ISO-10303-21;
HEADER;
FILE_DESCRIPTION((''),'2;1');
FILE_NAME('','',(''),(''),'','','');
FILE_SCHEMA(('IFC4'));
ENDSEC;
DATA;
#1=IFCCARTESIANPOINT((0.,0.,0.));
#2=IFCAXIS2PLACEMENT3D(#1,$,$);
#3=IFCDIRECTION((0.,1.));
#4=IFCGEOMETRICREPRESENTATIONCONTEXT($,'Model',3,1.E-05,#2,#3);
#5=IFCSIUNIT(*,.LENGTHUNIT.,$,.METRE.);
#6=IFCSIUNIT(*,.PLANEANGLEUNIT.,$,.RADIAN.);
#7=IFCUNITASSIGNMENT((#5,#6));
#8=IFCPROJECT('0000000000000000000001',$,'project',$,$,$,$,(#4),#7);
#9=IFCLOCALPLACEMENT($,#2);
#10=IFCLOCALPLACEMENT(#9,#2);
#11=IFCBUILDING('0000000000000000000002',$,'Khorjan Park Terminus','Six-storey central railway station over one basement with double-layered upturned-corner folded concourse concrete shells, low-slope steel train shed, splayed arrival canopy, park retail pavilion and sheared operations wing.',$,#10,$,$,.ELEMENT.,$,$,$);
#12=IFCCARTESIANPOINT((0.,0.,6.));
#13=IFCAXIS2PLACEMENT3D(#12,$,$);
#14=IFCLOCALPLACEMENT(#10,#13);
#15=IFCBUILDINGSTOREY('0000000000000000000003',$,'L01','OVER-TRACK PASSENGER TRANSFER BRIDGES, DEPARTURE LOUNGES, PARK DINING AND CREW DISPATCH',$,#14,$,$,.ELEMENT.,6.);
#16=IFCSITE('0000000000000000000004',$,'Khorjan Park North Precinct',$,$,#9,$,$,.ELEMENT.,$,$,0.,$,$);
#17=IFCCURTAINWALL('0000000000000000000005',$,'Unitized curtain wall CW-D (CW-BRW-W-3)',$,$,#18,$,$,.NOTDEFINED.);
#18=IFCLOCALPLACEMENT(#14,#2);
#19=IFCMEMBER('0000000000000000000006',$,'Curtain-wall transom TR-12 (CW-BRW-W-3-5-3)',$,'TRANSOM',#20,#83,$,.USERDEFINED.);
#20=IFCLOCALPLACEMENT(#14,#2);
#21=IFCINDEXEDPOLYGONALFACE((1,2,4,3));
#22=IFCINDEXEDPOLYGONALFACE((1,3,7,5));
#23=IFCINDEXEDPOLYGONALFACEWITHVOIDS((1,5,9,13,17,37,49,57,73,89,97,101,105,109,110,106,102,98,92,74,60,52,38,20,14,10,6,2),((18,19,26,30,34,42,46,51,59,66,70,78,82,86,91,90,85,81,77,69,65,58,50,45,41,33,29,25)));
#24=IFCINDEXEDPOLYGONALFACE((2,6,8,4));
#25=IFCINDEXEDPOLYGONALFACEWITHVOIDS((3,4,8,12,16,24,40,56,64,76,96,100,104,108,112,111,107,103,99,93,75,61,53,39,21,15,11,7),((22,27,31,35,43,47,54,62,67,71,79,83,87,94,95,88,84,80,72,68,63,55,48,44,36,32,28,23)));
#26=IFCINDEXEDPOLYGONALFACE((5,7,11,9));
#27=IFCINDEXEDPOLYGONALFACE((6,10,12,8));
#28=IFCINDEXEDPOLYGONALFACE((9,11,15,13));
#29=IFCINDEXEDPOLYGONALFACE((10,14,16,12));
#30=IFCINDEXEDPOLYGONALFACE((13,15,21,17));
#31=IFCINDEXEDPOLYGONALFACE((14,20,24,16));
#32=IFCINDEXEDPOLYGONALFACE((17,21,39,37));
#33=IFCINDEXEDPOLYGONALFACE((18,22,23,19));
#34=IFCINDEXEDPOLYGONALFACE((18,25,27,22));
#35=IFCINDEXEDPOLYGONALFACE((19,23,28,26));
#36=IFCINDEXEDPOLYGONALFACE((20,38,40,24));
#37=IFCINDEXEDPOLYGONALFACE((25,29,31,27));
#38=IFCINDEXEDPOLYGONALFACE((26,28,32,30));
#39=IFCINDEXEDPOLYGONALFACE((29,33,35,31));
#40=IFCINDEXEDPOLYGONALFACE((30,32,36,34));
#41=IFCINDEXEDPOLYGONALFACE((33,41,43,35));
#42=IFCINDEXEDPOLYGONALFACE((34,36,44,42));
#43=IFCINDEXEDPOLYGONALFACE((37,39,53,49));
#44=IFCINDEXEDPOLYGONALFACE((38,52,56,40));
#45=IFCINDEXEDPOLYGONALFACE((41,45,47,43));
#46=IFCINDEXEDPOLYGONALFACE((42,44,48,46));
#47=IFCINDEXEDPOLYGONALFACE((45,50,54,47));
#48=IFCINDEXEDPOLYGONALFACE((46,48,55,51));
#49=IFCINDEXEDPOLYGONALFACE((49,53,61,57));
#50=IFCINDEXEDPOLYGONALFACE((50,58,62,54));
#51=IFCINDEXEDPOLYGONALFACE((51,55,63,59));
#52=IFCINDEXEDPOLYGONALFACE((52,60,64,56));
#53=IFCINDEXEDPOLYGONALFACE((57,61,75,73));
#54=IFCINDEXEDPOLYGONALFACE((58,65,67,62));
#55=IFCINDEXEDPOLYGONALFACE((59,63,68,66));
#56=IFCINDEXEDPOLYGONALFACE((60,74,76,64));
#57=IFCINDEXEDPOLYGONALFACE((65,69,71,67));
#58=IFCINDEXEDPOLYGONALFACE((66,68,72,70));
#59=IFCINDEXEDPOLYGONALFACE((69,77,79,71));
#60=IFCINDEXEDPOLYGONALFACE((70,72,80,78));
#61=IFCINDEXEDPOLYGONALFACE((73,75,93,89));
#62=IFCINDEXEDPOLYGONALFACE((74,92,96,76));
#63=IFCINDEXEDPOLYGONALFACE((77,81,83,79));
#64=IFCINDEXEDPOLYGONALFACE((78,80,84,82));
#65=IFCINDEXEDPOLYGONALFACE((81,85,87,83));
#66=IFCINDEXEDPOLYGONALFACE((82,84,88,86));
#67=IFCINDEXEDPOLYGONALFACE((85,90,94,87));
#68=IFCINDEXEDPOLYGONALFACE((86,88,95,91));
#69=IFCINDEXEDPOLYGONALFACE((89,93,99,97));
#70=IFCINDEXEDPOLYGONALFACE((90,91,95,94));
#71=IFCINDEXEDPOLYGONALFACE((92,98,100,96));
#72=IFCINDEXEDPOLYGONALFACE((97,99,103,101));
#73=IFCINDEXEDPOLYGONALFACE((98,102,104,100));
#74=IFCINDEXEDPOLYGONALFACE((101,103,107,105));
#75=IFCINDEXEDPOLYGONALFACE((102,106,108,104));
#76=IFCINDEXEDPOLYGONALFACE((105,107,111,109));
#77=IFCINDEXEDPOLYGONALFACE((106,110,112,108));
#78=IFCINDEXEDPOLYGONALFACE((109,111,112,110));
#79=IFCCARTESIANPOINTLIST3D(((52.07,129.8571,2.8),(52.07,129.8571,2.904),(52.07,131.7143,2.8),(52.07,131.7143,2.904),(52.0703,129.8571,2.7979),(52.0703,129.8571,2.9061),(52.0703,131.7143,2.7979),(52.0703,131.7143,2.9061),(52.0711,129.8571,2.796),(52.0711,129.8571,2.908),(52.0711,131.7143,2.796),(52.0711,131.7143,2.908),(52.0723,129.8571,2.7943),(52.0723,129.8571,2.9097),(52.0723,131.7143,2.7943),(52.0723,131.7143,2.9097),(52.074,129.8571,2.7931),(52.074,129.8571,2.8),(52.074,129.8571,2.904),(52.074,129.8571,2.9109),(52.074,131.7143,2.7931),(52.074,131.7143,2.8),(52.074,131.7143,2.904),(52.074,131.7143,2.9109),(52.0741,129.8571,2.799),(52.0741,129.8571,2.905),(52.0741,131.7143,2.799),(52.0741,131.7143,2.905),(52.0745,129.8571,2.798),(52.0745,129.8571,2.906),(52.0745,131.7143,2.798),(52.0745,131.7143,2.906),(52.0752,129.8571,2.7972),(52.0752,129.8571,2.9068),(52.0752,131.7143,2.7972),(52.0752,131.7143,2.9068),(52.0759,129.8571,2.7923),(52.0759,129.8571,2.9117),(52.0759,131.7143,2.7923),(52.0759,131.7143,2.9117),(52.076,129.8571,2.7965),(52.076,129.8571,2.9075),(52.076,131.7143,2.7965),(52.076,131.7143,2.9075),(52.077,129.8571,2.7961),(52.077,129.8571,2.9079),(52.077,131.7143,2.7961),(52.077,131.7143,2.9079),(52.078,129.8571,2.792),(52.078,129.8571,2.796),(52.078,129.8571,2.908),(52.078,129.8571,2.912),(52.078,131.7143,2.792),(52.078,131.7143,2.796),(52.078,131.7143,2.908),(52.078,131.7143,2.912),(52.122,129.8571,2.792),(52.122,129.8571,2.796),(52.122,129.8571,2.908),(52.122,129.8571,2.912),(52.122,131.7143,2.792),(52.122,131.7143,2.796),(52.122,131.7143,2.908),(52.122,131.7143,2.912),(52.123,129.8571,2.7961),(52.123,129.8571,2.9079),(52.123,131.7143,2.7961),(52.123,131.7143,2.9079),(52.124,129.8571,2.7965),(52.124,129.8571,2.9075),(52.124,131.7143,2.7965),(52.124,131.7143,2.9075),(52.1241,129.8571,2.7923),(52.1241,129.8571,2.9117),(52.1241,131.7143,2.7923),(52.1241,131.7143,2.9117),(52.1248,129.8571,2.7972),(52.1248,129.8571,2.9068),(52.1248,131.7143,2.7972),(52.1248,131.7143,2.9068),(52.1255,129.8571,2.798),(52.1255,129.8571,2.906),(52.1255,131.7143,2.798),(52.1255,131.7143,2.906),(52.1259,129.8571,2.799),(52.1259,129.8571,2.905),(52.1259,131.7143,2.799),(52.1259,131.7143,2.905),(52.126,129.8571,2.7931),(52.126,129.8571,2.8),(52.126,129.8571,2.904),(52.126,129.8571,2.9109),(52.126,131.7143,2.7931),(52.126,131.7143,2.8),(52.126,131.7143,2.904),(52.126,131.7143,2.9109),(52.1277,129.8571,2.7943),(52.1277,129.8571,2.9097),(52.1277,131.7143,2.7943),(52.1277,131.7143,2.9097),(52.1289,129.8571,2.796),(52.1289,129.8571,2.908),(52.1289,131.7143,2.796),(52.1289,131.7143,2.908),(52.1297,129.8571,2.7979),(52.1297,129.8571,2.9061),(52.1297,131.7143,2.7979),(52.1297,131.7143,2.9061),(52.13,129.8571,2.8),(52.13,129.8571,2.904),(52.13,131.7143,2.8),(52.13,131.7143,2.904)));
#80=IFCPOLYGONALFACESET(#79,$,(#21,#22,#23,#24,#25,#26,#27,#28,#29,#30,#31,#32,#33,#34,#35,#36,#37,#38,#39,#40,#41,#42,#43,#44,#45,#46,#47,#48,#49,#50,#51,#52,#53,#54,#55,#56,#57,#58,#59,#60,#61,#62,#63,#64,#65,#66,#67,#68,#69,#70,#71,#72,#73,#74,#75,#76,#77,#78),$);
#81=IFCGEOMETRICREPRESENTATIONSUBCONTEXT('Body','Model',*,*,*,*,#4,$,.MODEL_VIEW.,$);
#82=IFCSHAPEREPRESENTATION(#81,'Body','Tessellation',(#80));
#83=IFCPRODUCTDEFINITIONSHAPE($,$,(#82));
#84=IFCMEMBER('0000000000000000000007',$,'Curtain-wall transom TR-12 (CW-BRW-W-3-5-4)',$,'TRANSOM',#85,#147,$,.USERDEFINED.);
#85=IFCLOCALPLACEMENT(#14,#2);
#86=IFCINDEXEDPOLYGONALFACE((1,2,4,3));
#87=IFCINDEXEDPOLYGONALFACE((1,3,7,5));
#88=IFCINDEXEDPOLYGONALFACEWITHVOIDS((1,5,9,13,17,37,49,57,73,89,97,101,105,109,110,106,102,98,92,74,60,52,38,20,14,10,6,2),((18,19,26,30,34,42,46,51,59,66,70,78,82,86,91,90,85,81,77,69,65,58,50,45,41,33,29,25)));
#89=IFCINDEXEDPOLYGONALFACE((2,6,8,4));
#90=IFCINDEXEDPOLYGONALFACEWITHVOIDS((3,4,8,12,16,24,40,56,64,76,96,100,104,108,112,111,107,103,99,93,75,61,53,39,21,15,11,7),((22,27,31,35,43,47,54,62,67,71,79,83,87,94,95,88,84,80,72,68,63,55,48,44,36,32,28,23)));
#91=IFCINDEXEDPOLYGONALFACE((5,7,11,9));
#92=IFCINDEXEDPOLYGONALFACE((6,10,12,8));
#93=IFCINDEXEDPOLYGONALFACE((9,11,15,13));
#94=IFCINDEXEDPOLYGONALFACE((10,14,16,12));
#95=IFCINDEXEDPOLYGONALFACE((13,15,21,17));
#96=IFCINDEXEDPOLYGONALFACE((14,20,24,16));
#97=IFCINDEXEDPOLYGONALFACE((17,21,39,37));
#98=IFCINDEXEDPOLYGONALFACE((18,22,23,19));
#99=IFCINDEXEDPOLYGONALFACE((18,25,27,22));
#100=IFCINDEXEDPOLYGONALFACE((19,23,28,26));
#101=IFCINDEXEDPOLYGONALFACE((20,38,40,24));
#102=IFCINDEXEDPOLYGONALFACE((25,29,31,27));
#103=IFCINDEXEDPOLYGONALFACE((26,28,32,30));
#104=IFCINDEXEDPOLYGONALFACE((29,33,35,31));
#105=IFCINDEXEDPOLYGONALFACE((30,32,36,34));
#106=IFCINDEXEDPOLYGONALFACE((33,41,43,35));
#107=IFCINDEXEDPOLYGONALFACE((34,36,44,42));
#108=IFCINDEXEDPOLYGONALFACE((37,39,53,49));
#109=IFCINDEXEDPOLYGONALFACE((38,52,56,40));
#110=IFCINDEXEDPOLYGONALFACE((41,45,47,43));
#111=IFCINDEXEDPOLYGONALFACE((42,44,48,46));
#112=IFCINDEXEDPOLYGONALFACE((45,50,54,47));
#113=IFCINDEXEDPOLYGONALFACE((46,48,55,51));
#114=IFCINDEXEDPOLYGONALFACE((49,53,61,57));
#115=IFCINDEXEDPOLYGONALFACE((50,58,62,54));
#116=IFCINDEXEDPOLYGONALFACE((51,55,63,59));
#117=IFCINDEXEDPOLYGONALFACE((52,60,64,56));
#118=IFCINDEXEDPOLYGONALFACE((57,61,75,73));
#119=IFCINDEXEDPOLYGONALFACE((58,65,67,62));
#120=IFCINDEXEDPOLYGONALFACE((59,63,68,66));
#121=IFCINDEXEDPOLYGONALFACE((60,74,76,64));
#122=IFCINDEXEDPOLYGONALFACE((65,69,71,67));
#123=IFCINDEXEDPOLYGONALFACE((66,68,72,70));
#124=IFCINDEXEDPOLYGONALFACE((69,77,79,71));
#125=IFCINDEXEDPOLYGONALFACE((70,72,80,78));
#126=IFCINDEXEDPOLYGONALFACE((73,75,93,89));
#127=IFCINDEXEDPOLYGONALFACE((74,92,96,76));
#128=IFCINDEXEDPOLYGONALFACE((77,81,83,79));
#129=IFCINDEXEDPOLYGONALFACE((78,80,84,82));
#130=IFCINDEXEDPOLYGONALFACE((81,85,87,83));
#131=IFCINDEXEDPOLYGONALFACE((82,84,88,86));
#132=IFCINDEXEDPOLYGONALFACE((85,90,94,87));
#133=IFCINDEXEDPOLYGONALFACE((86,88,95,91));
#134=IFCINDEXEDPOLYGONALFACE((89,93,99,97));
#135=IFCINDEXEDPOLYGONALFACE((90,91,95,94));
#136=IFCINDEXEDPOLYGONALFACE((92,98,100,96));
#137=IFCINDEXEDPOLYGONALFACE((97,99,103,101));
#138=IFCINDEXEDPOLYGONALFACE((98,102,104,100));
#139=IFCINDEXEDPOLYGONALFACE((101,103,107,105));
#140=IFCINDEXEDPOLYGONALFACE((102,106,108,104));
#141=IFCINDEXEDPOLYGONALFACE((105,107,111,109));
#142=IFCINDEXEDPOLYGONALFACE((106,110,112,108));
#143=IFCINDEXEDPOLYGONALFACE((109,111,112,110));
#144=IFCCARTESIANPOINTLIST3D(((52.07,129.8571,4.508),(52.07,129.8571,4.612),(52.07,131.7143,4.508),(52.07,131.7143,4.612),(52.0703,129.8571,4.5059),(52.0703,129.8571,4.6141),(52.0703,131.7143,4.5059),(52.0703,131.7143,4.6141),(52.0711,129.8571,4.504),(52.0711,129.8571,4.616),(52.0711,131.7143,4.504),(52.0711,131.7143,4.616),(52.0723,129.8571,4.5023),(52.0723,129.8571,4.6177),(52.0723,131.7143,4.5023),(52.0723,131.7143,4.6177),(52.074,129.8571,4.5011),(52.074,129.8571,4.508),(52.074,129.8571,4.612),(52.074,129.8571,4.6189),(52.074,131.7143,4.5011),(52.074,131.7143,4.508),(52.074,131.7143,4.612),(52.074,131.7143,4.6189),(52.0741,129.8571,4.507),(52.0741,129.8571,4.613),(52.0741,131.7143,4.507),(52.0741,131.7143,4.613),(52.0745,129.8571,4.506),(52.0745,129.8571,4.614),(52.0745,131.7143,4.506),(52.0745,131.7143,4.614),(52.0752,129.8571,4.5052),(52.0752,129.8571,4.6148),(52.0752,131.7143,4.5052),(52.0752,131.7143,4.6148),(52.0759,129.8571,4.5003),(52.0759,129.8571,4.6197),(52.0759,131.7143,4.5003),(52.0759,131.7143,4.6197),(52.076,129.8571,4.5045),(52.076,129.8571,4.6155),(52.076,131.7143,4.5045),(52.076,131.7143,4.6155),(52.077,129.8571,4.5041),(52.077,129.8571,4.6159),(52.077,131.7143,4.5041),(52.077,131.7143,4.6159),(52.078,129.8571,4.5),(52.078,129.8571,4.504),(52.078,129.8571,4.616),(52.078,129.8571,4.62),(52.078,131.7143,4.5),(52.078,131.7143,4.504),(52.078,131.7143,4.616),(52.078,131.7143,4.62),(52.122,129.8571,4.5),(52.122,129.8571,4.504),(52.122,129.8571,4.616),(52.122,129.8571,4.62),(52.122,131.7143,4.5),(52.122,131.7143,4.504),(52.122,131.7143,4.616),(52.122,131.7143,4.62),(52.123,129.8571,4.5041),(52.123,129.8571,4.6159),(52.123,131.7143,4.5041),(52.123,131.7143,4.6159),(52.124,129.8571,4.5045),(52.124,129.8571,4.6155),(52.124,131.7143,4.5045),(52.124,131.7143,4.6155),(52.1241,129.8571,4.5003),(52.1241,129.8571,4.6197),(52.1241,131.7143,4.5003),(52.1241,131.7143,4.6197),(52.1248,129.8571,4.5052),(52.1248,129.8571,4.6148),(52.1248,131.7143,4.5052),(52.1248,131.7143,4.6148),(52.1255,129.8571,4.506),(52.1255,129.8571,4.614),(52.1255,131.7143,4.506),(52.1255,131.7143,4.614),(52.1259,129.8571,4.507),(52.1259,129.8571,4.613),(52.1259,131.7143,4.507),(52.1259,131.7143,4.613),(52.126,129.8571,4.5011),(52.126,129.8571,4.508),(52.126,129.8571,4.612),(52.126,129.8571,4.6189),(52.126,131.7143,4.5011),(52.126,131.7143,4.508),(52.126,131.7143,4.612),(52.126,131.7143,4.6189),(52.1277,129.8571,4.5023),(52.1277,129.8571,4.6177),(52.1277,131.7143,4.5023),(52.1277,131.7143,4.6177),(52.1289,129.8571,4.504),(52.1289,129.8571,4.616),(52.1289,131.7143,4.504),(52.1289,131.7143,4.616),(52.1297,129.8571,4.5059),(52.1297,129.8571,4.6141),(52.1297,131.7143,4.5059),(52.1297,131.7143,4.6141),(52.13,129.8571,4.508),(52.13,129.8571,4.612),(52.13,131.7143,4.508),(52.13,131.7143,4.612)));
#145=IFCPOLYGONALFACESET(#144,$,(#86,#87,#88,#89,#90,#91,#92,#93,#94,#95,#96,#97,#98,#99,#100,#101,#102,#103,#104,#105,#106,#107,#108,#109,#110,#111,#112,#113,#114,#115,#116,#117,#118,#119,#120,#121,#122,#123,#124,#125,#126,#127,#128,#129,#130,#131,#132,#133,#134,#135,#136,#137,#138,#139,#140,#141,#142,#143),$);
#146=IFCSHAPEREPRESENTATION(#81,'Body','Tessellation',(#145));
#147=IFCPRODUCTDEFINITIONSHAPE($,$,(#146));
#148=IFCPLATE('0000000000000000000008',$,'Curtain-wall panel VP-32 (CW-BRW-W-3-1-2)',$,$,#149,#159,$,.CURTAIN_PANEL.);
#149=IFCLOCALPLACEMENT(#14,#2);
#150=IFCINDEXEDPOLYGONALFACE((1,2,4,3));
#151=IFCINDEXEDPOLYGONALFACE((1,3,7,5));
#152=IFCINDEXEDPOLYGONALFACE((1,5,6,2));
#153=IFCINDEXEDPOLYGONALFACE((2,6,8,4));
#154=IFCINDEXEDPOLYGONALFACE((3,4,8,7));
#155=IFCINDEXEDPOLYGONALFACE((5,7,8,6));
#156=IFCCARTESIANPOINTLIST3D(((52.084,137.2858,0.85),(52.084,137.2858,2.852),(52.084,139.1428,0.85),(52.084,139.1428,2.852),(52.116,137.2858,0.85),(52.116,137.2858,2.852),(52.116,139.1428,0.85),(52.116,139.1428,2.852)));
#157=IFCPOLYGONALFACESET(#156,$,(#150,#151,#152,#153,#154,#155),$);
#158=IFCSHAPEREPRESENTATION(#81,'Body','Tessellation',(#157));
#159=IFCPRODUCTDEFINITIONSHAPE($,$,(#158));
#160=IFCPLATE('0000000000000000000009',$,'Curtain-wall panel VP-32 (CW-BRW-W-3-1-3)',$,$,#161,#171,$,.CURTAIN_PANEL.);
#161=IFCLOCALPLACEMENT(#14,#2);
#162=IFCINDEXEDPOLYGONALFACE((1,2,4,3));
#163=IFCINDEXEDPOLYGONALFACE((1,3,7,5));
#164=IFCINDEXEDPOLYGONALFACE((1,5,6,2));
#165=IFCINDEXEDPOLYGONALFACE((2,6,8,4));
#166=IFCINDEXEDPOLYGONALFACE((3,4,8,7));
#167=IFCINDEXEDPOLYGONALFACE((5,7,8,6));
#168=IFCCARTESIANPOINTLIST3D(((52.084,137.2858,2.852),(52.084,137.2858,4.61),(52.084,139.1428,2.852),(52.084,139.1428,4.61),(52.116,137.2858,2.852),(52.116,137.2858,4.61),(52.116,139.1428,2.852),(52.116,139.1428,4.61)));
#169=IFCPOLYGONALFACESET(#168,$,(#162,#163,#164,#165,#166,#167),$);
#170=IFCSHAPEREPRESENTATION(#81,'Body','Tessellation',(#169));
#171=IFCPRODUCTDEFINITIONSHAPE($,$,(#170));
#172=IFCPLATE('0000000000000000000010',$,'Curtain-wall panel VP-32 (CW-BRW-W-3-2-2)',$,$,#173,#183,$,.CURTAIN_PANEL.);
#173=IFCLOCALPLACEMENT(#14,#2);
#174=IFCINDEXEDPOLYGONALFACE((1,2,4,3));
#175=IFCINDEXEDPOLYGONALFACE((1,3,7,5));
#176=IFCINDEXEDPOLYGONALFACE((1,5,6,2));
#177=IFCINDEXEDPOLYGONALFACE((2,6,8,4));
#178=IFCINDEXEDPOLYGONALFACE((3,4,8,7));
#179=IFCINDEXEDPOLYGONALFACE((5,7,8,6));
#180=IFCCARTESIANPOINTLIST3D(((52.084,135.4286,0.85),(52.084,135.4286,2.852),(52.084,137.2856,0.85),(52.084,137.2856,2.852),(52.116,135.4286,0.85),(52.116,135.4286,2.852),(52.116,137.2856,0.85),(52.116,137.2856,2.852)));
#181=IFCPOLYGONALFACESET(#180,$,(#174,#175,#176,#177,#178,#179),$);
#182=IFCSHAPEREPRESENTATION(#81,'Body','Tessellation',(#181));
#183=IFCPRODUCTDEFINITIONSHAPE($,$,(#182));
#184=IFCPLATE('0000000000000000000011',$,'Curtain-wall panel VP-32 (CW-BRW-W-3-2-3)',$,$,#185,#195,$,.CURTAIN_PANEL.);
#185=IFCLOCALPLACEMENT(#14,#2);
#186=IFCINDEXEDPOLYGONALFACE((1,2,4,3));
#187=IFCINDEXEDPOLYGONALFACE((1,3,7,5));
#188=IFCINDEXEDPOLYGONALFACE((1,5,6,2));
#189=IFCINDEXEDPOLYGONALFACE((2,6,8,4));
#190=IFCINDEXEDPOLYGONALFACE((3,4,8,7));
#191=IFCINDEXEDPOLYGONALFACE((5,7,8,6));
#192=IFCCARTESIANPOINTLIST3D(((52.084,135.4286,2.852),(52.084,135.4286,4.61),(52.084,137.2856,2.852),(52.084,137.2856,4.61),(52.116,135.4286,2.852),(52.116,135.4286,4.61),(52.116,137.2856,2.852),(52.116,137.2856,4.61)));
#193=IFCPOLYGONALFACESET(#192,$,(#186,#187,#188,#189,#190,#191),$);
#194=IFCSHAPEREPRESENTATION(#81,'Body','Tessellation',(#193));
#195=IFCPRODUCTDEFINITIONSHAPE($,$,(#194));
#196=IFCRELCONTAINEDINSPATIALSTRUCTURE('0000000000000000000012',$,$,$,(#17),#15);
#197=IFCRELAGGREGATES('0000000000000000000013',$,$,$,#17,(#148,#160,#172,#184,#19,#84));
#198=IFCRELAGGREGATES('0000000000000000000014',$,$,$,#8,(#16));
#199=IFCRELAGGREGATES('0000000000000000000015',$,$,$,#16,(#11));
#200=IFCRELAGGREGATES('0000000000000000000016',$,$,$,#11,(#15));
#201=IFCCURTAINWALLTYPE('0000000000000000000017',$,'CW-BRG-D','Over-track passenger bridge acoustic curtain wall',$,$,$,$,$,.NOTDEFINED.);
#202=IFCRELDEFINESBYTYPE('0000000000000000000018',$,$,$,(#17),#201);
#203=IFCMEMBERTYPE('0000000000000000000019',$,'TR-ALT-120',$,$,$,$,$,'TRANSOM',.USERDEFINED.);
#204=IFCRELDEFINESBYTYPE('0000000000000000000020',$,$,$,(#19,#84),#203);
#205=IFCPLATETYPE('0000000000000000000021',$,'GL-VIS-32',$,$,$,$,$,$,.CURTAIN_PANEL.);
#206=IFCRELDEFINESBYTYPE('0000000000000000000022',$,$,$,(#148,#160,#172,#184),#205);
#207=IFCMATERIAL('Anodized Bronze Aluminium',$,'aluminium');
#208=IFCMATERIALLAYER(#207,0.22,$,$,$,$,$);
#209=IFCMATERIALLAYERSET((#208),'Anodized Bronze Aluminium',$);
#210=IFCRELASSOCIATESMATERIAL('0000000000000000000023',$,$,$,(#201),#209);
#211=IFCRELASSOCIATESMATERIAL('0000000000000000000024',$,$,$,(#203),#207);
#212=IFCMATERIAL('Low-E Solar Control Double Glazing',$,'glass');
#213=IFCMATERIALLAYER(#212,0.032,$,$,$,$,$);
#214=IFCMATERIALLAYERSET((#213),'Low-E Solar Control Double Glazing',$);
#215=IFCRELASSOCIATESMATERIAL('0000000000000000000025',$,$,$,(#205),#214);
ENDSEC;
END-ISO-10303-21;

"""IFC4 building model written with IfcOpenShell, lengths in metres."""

from ifc_helpers import new_model, si_unit, direction, frame, origin, origin_2d, place, context, subcontext, project, spatial, rectangle, hollow_rectangle, extrude, material, layer, layer_set, material_profile, profile_set, type_object, element, aggregate, save


model = new_model("IFC4")

# Units and contexts
model_context = context("Model", 3, precision=1e-05, world=origin(), true_north=direction((0.0, 1.0)))
body_context = subcontext(model_context, "Body", "Model", "MODEL_VIEW")
ifc_project = project(units=[si_unit("LENGTHUNIT", "METRE"), si_unit("PLANEANGLEUNIT", "RADIAN")], contexts=[model_context])

# Site, building, storey
site_placement = place(None, origin())
site = spatial("IfcSite", under=ifc_project, at=site_placement, Name="Khorjan Park North Precinct", CompositionType="ELEMENT", RefElevation=0.0)
building_placement = place(site_placement, origin())
building = spatial("IfcBuilding", under=site, at=building_placement, Name="Khorjan Park Terminus", Description="Six-storey central railway station over one basement with double-layered upturned-corner folded concourse concrete shells, low-slope steel train shed, splayed arrival canopy, park retail pavilion and sheared operations wing.", CompositionType="ELEMENT")
storey_placement = place(building_placement, frame((0.0, 0.0, 6.0)))
storey = spatial("IfcBuildingStorey", under=building, at=storey_placement, Name="L01", Description="OVER-TRACK PASSENGER TRANSFER BRIDGES, DEPARTURE LOUNGES, PARK DINING AND CREW DISPATCH", CompositionType="ELEMENT", Elevation=6.0)

# Curtain wall, members, plates
ifc_material_1 = material(Name="Anodized Bronze Aluminium", Category="aluminium")
ifc_layer_1 = layer(ifc_material_1, 0.22)
ifc_layer_set_1 = layer_set([ifc_layer_1], Name="Anodized Bronze Aluminium")
curtain_wall_type = type_object("IfcCurtainWallType", Name="CW-BRG-D", Description="Over-track passenger bridge acoustic curtain wall", PredefinedType="NOTDEFINED", material=ifc_layer_set_1)
curtain_wall_placement = place(storey_placement, origin())
curtain_wall = element("IfcCurtainWall", 1, at=curtain_wall_placement, inside=storey, type_object=curtain_wall_type, Name="Unitized curtain wall CW-D (CW-BRW-W-3)", PredefinedType="NOTDEFINED")
ifc_material_profile_1 = material_profile(ifc_material_1, hollow_rectangle(XDim=0.06, YDim=0.12, WallThickness=0.004, InnerFilletRadius=0.004, OuterFilletRadius=0.008, at=origin_2d()), Name="ALT 60x120x4")
ifc_profile_set_1 = profile_set([ifc_material_profile_1], Name="Anodized Bronze Aluminium")
member_type_1 = type_object("IfcMemberType", Name="TR-ALT-120", ElementType="TRANSOM", PredefinedType="USERDEFINED", material=ifc_profile_set_1)
member_1_placement = place(storey_placement, frame((52.1, 131.7143, 2.852), z_axis=(0.0, -1.0, 0.0), x_axis=(1.0, 0.0, 0.0)))
member_1 = element("IfcMember", 2, at=member_1_placement, type_object=member_type_1, Name="Curtain-wall transom TR-12 (CW-BRW-W-3-5-3)", ObjectType="TRANSOM", PredefinedType="USERDEFINED", context=body_context, shape_type="SweptSolid", body=[
    extrude(hollow_rectangle(XDim=0.06, YDim=0.12, WallThickness=0.004, InnerFilletRadius=0.004, OuterFilletRadius=0.008, at=origin_2d()), origin(), (0.0, 0.0, 1.0), 1.8572),
])
member_2_placement = place(storey_placement, frame((52.1, 131.7143, 4.56), z_axis=(0.0, -1.0, 0.0), x_axis=(1.0, 0.0, 0.0)))
member_2 = element("IfcMember", 3, at=member_2_placement, type_object=member_type_1, Name="Curtain-wall transom TR-12 (CW-BRW-W-3-5-4)", ObjectType="TRANSOM", PredefinedType="USERDEFINED", context=body_context, shape_type="SweptSolid", body=[
    extrude(hollow_rectangle(XDim=0.06, YDim=0.12, WallThickness=0.004, InnerFilletRadius=0.004, OuterFilletRadius=0.008, at=origin_2d()), origin(), (0.0, 0.0, 1.0), 1.8572),
])
ifc_material_2 = material(Name="Low-E Solar Control Double Glazing", Category="glass")
ifc_layer_2 = layer(ifc_material_2, 0.032)
ifc_layer_set_2 = layer_set([ifc_layer_2], Name="Low-E Solar Control Double Glazing")
plate_type_1 = type_object("IfcPlateType", Name="GL-VIS-32", PredefinedType="CURTAIN_PANEL", material=ifc_layer_set_2)
plate_1_placement = place(storey_placement, frame((52.1, 138.2143, 0.85), z_axis=(0.0, 0.0, 1.0), x_axis=(0.0, -1.0, 0.0)))
plate_1 = element("IfcPlate", 4, at=plate_1_placement, type_object=plate_type_1, Name="Curtain-wall panel VP-32 (CW-BRW-W-3-1-2)", PredefinedType="CURTAIN_PANEL", context=body_context, shape_type="SweptSolid", body=[
    extrude(rectangle(XDim=1.8571, YDim=0.032, at=origin_2d()), origin(), (0.0, 0.0, 1.0), 2.002),
])
plate_2_placement = place(storey_placement, frame((52.1, 138.2143, 2.852), z_axis=(0.0, 0.0, 1.0), x_axis=(0.0, -1.0, 0.0)))
plate_2 = element("IfcPlate", 5, at=plate_2_placement, type_object=plate_type_1, Name="Curtain-wall panel VP-32 (CW-BRW-W-3-1-3)", PredefinedType="CURTAIN_PANEL", context=body_context, shape_type="SweptSolid", body=[
    extrude(rectangle(XDim=1.8571, YDim=0.032, at=origin_2d()), origin(), (0.0, 0.0, 1.0), 1.758),
])
plate_3_placement = place(storey_placement, frame((52.1, 136.3571, 0.85), z_axis=(0.0, 0.0, 1.0), x_axis=(0.0, -1.0, 0.0)))
plate_3 = element("IfcPlate", 6, at=plate_3_placement, type_object=plate_type_1, Name="Curtain-wall panel VP-32 (CW-BRW-W-3-2-2)", PredefinedType="CURTAIN_PANEL", context=body_context, shape_type="SweptSolid", body=[
    extrude(rectangle(XDim=1.8571, YDim=0.032, at=origin_2d()), origin(), (0.0, 0.0, 1.0), 2.002),
])
plate_4_placement = place(storey_placement, frame((52.1, 136.3571, 2.852), z_axis=(0.0, 0.0, 1.0), x_axis=(0.0, -1.0, 0.0)))
plate_4 = element("IfcPlate", 7, at=plate_4_placement, type_object=plate_type_1, Name="Curtain-wall panel VP-32 (CW-BRW-W-3-2-3)", PredefinedType="CURTAIN_PANEL", context=body_context, shape_type="SweptSolid", body=[
    extrude(rectangle(XDim=1.8571, YDim=0.032, at=origin_2d()), origin(), (0.0, 0.0, 1.0), 1.758),
])
aggregate(curtain_wall, [plate_1, plate_2, plate_3, plate_4, member_1, member_2])

save(model, "model.ifc")
